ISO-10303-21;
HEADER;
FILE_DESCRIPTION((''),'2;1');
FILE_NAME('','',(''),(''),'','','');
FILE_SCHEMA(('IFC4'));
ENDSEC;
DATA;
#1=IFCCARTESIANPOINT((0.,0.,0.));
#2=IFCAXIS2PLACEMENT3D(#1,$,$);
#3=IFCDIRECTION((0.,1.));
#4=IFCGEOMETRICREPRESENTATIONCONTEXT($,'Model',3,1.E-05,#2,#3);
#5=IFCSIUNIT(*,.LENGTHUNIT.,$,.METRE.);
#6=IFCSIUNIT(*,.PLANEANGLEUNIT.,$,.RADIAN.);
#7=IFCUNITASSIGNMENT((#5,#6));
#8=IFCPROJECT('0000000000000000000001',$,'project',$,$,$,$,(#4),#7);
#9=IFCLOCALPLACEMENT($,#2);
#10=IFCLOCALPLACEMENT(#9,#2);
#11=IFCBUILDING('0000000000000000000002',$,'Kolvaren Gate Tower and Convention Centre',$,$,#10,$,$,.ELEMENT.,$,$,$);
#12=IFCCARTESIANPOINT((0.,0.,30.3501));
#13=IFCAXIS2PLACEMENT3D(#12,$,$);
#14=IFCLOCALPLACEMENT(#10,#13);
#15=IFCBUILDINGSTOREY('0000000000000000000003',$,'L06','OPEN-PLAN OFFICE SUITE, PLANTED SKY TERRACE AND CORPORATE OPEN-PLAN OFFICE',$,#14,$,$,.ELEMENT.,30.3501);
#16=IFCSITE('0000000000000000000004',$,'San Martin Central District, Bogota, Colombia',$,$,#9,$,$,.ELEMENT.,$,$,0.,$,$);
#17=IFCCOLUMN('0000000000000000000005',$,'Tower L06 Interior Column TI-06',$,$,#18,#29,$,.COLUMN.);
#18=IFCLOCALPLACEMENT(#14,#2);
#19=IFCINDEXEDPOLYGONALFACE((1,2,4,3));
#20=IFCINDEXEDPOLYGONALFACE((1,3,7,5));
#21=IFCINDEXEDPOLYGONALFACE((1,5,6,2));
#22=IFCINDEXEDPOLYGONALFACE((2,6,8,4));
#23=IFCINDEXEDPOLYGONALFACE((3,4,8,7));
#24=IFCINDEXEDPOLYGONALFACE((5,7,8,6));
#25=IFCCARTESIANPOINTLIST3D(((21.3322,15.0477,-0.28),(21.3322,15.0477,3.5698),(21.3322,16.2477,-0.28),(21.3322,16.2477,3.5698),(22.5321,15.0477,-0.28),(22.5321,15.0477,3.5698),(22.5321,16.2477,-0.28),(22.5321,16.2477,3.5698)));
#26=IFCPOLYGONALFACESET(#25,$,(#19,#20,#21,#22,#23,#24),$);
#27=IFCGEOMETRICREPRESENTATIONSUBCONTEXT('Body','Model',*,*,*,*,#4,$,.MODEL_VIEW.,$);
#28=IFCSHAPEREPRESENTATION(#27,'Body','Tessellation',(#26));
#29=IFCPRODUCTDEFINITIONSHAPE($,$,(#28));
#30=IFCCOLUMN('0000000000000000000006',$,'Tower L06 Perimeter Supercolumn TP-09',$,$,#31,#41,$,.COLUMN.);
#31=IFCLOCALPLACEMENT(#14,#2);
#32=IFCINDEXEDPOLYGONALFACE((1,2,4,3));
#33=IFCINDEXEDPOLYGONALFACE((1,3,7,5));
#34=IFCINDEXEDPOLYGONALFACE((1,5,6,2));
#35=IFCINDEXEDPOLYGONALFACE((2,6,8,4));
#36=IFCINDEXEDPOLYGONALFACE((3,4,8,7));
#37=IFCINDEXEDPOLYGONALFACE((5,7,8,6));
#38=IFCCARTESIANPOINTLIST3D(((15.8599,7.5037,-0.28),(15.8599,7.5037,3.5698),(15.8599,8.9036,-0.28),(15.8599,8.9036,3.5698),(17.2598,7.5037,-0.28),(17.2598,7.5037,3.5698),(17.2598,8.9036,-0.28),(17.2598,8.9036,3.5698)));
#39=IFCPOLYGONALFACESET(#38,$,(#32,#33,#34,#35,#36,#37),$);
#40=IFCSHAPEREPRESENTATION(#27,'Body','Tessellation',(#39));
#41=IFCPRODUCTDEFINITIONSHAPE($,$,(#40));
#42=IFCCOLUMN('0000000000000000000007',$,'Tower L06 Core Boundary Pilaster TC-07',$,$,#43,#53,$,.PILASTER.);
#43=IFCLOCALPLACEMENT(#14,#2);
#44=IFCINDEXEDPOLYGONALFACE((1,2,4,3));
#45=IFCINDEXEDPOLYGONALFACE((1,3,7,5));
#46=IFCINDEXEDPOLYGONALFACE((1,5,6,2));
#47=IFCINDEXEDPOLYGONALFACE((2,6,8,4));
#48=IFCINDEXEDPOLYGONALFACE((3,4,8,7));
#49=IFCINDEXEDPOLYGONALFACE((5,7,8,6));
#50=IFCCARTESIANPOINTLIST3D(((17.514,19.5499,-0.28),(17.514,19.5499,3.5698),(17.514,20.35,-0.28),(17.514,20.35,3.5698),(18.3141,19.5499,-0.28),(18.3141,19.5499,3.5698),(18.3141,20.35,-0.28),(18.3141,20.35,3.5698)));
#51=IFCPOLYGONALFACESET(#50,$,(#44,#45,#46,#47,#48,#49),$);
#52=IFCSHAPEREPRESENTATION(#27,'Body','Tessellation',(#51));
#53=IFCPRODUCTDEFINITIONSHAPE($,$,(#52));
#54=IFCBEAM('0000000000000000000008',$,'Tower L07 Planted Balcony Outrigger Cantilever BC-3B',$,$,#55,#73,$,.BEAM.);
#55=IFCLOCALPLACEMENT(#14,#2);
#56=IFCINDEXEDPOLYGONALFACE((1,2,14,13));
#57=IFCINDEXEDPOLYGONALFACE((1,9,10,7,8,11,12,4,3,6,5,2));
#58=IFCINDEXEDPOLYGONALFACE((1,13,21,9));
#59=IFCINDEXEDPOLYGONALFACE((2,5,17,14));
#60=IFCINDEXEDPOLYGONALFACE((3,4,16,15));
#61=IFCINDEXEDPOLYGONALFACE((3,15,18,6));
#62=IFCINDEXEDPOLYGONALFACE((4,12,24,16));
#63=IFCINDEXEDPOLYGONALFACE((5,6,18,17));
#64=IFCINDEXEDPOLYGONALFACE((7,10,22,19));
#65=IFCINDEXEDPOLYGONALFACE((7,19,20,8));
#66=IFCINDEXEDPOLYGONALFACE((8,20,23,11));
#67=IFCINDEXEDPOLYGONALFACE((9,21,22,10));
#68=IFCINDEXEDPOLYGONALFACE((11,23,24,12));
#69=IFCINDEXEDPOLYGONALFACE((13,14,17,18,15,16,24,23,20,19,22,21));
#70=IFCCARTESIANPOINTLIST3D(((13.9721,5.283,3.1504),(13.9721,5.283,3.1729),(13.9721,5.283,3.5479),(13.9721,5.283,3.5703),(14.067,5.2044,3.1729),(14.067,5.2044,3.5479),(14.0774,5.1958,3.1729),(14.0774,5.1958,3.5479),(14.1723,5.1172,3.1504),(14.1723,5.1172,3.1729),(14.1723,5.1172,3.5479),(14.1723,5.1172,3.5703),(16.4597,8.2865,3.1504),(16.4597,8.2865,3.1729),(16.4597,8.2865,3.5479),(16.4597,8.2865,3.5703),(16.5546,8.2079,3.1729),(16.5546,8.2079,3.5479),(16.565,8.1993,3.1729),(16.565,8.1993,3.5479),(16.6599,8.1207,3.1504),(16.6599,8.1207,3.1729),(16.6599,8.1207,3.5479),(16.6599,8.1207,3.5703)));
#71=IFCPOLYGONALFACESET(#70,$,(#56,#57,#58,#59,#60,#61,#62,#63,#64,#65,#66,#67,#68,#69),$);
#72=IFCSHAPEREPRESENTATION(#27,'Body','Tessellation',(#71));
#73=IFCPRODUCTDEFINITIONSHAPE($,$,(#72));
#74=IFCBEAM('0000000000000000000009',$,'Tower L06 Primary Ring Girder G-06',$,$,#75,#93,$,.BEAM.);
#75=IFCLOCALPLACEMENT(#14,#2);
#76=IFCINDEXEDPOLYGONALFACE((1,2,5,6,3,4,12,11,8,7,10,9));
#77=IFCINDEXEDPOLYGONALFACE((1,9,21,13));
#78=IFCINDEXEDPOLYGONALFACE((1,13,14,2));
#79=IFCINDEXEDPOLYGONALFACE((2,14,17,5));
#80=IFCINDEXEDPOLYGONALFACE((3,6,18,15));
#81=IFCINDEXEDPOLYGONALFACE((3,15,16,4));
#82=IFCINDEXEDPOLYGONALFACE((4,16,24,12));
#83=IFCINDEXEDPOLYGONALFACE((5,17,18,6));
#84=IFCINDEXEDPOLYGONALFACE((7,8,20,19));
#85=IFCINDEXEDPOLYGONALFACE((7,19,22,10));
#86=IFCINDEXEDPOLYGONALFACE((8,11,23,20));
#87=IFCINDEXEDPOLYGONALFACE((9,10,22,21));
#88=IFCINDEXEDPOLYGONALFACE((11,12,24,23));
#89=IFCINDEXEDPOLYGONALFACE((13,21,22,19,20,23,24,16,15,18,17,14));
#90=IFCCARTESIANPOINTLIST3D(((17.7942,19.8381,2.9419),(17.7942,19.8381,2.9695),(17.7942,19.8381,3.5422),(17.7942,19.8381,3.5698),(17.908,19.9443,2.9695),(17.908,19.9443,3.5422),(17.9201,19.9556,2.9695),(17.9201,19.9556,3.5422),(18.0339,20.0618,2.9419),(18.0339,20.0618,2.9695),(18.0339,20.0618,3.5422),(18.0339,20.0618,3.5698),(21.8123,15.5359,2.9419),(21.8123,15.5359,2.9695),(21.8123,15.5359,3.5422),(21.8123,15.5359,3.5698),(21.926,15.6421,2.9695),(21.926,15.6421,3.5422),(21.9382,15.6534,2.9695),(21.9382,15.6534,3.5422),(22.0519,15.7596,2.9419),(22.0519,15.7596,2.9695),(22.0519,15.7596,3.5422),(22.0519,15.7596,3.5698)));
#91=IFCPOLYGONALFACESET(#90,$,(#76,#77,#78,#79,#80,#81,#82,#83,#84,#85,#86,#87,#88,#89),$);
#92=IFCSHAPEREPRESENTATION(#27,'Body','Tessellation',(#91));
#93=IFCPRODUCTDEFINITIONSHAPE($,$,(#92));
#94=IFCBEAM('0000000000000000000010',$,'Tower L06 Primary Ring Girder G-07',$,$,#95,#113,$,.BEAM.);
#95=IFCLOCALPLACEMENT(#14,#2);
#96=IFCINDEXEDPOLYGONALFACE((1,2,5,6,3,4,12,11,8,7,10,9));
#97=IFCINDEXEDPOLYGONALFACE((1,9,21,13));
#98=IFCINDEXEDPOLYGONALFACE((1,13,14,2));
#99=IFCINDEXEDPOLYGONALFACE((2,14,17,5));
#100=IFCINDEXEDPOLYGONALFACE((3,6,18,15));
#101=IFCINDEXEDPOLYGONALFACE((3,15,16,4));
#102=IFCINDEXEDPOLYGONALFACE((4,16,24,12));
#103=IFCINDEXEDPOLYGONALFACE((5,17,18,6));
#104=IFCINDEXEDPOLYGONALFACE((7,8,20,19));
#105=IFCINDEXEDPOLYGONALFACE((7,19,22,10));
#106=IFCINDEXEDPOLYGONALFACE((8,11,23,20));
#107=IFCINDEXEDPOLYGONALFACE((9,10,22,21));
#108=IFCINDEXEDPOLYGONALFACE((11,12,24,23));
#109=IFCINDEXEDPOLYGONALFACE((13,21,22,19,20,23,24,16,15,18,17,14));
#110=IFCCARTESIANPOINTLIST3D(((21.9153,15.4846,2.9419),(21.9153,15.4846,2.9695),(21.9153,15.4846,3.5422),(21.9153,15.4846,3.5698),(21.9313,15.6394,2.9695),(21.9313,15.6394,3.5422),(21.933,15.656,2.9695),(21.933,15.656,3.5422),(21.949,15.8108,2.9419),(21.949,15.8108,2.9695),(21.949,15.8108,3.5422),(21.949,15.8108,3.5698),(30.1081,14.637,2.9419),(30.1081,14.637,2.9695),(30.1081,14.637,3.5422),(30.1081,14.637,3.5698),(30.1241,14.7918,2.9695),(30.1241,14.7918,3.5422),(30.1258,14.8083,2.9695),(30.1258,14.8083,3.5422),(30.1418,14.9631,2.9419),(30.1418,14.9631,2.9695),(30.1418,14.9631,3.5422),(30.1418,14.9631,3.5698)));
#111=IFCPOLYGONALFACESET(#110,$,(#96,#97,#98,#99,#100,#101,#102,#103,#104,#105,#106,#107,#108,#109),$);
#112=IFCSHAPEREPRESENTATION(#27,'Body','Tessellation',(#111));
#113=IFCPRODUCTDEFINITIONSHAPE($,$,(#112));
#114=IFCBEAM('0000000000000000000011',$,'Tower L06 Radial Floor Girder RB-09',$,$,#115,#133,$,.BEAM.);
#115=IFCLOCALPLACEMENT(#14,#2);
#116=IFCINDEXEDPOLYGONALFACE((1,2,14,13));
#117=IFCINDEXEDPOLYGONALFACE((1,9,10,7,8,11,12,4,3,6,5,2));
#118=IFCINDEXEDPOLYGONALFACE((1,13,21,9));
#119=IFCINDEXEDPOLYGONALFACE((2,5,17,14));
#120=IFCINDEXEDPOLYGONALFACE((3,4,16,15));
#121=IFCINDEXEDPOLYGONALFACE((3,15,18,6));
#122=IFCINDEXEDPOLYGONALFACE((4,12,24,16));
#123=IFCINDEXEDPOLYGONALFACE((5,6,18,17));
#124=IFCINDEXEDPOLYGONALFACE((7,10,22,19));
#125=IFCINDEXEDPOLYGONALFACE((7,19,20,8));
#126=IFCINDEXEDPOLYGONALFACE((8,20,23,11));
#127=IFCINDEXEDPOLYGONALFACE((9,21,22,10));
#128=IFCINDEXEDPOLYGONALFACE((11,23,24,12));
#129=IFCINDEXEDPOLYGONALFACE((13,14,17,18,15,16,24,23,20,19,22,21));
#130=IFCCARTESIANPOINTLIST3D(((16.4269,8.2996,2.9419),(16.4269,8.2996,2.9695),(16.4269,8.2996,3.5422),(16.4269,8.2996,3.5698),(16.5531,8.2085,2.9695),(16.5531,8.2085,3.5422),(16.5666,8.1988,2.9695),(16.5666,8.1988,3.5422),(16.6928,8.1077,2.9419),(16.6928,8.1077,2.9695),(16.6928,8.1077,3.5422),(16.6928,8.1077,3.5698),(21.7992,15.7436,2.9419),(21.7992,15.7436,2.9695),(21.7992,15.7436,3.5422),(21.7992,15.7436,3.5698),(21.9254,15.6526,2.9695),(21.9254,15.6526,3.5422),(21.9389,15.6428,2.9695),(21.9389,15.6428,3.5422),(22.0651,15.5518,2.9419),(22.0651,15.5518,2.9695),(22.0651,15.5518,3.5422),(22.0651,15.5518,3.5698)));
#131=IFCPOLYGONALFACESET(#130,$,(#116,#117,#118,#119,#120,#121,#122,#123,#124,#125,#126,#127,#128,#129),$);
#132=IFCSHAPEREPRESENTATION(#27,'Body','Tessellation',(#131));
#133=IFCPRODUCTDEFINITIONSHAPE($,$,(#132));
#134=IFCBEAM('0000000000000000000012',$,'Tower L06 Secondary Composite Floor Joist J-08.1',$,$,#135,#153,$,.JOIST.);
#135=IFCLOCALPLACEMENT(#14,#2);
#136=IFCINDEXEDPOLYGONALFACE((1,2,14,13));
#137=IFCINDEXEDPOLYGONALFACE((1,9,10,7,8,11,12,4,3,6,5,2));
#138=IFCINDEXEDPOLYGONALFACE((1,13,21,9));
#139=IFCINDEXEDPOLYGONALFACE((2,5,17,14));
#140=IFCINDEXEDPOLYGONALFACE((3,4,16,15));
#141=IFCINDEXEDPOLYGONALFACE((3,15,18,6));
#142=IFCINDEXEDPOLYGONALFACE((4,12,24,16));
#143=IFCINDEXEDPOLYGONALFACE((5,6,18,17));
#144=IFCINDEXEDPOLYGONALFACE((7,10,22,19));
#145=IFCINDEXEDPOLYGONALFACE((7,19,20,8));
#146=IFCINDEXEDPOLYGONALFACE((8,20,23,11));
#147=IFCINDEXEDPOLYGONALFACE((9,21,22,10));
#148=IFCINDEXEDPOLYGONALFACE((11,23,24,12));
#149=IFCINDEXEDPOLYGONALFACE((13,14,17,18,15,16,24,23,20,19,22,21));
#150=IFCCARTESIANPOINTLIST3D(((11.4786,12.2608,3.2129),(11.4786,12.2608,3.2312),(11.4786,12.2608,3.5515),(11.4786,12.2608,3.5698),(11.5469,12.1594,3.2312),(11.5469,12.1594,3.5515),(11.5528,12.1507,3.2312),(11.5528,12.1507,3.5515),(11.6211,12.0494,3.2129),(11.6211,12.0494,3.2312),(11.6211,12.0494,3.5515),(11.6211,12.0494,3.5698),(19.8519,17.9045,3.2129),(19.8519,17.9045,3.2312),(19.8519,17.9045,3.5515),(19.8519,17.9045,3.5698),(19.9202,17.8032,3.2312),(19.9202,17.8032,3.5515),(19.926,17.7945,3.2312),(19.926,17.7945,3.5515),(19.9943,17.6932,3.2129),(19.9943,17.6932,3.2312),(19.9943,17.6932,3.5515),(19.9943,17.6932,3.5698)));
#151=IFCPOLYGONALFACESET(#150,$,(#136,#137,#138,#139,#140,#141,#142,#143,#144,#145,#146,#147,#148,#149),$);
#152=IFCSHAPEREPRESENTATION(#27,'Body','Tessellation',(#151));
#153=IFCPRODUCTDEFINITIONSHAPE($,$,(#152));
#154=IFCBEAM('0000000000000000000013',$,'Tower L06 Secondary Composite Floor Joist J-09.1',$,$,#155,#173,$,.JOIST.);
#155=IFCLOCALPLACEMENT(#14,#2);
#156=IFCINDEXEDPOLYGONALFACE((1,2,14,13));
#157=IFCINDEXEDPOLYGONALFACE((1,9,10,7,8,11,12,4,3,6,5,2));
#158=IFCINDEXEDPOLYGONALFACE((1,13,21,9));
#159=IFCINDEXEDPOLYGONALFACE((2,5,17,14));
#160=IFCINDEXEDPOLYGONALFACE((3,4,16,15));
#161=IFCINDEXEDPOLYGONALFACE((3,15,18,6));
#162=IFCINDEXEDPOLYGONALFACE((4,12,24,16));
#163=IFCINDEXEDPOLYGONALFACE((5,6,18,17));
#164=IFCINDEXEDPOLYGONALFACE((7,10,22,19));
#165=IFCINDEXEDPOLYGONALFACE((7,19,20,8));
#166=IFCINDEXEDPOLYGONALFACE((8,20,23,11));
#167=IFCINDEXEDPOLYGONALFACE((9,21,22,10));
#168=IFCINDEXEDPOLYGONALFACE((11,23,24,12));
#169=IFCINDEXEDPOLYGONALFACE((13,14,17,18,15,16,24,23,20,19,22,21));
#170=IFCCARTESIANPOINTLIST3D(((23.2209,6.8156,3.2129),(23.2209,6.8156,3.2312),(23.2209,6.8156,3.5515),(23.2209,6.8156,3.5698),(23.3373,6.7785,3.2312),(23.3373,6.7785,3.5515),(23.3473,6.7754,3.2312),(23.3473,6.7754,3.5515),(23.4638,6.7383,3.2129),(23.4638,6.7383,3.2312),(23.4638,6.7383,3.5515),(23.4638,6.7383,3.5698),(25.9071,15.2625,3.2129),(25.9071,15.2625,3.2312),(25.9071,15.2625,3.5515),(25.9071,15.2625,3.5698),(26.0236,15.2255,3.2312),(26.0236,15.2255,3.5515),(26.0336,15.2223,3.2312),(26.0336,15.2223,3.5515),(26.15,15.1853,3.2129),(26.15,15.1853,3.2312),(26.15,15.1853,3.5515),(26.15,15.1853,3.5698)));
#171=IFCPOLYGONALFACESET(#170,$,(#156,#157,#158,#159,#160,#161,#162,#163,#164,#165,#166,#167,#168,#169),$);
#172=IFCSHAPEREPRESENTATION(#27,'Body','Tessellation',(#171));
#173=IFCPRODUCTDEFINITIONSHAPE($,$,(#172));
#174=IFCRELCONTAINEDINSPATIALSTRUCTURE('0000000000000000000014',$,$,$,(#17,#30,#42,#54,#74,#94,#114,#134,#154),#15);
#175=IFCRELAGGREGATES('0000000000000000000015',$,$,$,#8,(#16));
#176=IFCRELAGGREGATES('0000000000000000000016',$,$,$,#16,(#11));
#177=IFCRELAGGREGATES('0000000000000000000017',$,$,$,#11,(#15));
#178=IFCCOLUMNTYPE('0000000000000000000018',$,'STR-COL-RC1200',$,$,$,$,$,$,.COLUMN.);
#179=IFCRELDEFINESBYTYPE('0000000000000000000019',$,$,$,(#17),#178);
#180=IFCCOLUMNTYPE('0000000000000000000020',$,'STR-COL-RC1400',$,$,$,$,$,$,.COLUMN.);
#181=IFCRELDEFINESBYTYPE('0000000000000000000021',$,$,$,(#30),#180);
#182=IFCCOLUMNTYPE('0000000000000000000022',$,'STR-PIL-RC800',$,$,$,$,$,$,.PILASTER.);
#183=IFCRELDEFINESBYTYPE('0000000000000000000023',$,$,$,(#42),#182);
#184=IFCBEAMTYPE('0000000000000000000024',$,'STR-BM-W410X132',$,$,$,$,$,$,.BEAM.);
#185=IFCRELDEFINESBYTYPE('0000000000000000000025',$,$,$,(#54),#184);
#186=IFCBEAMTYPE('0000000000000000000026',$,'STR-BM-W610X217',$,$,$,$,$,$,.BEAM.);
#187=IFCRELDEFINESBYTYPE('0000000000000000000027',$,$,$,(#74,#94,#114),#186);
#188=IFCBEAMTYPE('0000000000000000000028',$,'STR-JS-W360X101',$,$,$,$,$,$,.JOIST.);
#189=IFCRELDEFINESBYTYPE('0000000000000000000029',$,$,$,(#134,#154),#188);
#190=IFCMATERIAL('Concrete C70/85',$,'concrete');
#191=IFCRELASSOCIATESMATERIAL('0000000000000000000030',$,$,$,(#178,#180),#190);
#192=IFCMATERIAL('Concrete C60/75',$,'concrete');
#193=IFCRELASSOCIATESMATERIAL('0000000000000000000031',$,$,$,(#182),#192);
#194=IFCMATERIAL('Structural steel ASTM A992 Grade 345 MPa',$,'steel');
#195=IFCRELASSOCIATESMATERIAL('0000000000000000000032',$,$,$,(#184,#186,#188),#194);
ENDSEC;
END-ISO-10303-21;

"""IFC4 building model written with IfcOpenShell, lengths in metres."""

from ifc_helpers import new_model, si_unit, direction, frame, origin, origin_2d, place, context, subcontext, project, spatial, rectangle, i_section, extrude, material, material_profile, profile_set, type_object, element, save


model = new_model("IFC4")

# Units and contexts
model_context = context("Model", 3, precision=1e-05, world=origin(), true_north=direction((0.0, 1.0)))
body_context = subcontext(model_context, "Body", "Model", "MODEL_VIEW")
ifc_project = project(units=[si_unit("LENGTHUNIT", "METRE"), si_unit("PLANEANGLEUNIT", "RADIAN")], contexts=[model_context])

# Site, building, storey
site_placement = place(None, origin())
site = spatial("IfcSite", under=ifc_project, at=site_placement, Name="San Martin Central District, Bogota, Colombia", CompositionType="ELEMENT", RefElevation=0.0)
building_placement = place(site_placement, origin())
building = spatial("IfcBuilding", under=site, at=building_placement, Name="Kolvaren Gate Tower and Convention Centre", CompositionType="ELEMENT")
storey_placement = place(building_placement, frame((0.0, 0.0, 30.3501)))
storey = spatial("IfcBuildingStorey", under=building, at=storey_placement, Name="L06", Description="OPEN-PLAN OFFICE SUITE, PLANTED SKY TERRACE AND CORPORATE OPEN-PLAN OFFICE", CompositionType="ELEMENT", Elevation=30.3501)

# Columns
ifc_material_1 = material(Name="Concrete C70/85", Category="concrete")
ifc_material_profile_1 = material_profile(ifc_material_1, rectangle(XDim=1.2, YDim=1.2, at=origin_2d()), Name="RC-COL-1200X1200")
ifc_profile_set_1 = profile_set([ifc_material_profile_1], Name="Concrete C70/85")
column_type_1 = type_object("IfcColumnType", Name="STR-COL-RC1200", PredefinedType="COLUMN", material=ifc_profile_set_1)
column_1_placement = place(storey_placement, frame((21.9321, 15.6477, -0.28), z_axis=(0.0, 0.0, 1.0), x_axis=(1.0, 0.0, 0.0)))
element("IfcColumn", 1, at=column_1_placement, inside=storey, type_object=column_type_1, Name="Tower L06 Interior Column TI-06", PredefinedType="COLUMN", context=body_context, shape_type="SweptSolid", body=[
    extrude(rectangle(XDim=1.2, YDim=1.2, at=origin_2d()), origin(), (0.0, 0.0, 1.0), 3.8499),
])
ifc_material_profile_2 = material_profile(ifc_material_1, rectangle(XDim=1.3999, YDim=1.3999, at=origin_2d()), Name="RC-COL-1400X1400")
ifc_profile_set_2 = profile_set([ifc_material_profile_2], Name="Concrete C70/85")
column_type_2 = type_object("IfcColumnType", Name="STR-COL-RC1400", PredefinedType="COLUMN", material=ifc_profile_set_2)
column_2_placement = place(storey_placement, frame((16.5598, 8.2036, -0.28), z_axis=(0.0, 0.0, 1.0), x_axis=(1.0, 0.0, 0.0)))
element("IfcColumn", 2, at=column_2_placement, inside=storey, type_object=column_type_2, Name="Tower L06 Perimeter Supercolumn TP-09", PredefinedType="COLUMN", context=body_context, shape_type="SweptSolid", body=[
    extrude(rectangle(XDim=1.3999, YDim=1.3999, at=origin_2d()), origin(), (0.0, 0.0, 1.0), 3.8499),
])
ifc_material_2 = material(Name="Concrete C60/75", Category="concrete")
ifc_material_profile_3 = material_profile(ifc_material_2, rectangle(XDim=0.8, YDim=0.8, at=origin_2d()), Name="RC-COL-800X800")
ifc_profile_set_3 = profile_set([ifc_material_profile_3], Name="Concrete C60/75")
column_type_3 = type_object("IfcColumnType", Name="STR-PIL-RC800", PredefinedType="PILASTER", material=ifc_profile_set_3)
column_3_placement = place(storey_placement, frame((17.9141, 19.95, -0.28), z_axis=(0.0, 0.0, 1.0), x_axis=(1.0, 0.0, 0.0)))
element("IfcColumn", 3, at=column_3_placement, inside=storey, type_object=column_type_3, Name="Tower L06 Core Boundary Pilaster TC-07", PredefinedType="PILASTER", context=body_context, shape_type="SweptSolid", body=[
    extrude(rectangle(XDim=0.8, YDim=0.8, at=origin_2d()), origin(), (0.0, 0.0, 1.0), 3.8499),
])

# Beams
ifc_material_3 = material(Name="Structural steel ASTM A992 Grade 345 MPa", Category="steel")
ifc_material_profile_4 = material_profile(ifc_material_3, i_section(OverallWidth=0.26, OverallDepth=0.4199, WebThickness=0.0134, FlangeThickness=0.0225, at=origin_2d()), Name="W410X132")
ifc_profile_set_4 = profile_set([ifc_material_profile_4], Name="Structural steel ASTM A992 Grade 345 MPa")
beam_type_1 = type_object("IfcBeamType", Name="STR-BM-W410X132", PredefinedType="BEAM", material=ifc_profile_set_4)
beam_1_placement = place(storey_placement, frame((16.5598, 8.2036, 3.3604), z_axis=(-0.637866, -0.770147, 0.0), x_axis=(0.770147, -0.637866, 0.0)))
element("IfcBeam", 4, at=beam_1_placement, inside=storey, type_object=beam_type_1, Name="Tower L07 Planted Balcony Outrigger Cantilever BC-3B", PredefinedType="BEAM", context=body_context, shape_type="SweptSolid", body=[
    extrude(i_section(OverallWidth=0.26, OverallDepth=0.4199, WebThickness=0.0134, FlangeThickness=0.0225, at=origin_2d()), origin(), (0.0, 0.0, 1.0), 3.8999),
])
ifc_material_profile_5 = material_profile(ifc_material_3, i_section(OverallWidth=0.3279, OverallDepth=0.6279, WebThickness=0.0166, FlangeThickness=0.0276, at=origin_2d()), Name="W610X217")
ifc_profile_set_5 = profile_set([ifc_material_profile_5], Name="Structural steel ASTM A992 Grade 345 MPa")
beam_type_2 = type_object("IfcBeamType", Name="STR-BM-W610X217", PredefinedType="BEAM", material=ifc_profile_set_5)
beam_2_placement = place(storey_placement, frame((17.9141, 19.95, 3.2559), z_axis=(0.682558, -0.730832, 0.0), x_axis=(0.730832, 0.682558, 0.0)))
element("IfcBeam", 5, at=beam_2_placement, inside=storey, type_object=beam_type_2, Name="Tower L06 Primary Ring Girder G-06", PredefinedType="BEAM", context=body_context, shape_type="SweptSolid", body=[
    extrude(i_section(OverallWidth=0.3279, OverallDepth=0.6279, WebThickness=0.0166, FlangeThickness=0.0276, at=origin_2d()), origin(), (0.0, 0.0, 1.0), 5.8867),
])
beam_3_placement = place(storey_placement, frame((21.9321, 15.6477, 3.2559), z_axis=(0.99469, -0.102913, 0.0), x_axis=(0.102913, 0.99469, 0.0)))
element("IfcBeam", 6, at=beam_3_placement, inside=storey, type_object=beam_type_2, Name="Tower L06 Primary Ring Girder G-07", PredefinedType="BEAM", context=body_context, shape_type="SweptSolid", body=[
    extrude(i_section(OverallWidth=0.3279, OverallDepth=0.6279, WebThickness=0.0166, FlangeThickness=0.0276, at=origin_2d()), origin(), (0.0, 0.0, 1.0), 8.2366),
])
beam_4_placement = place(storey_placement, frame((21.9321, 15.6477, 3.2559), z_axis=(-0.585206, -0.810885, 0.0), x_axis=(0.810885, -0.585206, 0.0)))
element("IfcBeam", 7, at=beam_4_placement, inside=storey, type_object=beam_type_2, Name="Tower L06 Radial Floor Girder RB-09", PredefinedType="BEAM", context=body_context, shape_type="SweptSolid", body=[
    extrude(i_section(OverallWidth=0.3279, OverallDepth=0.6279, WebThickness=0.0166, FlangeThickness=0.0276, at=origin_2d()), origin(), (0.0, 0.0, 1.0), 9.1802),
])
ifc_material_profile_6 = material_profile(ifc_material_3, i_section(OverallWidth=0.2549, OverallDepth=0.3569, WebThickness=0.0105, FlangeThickness=0.0183, at=origin_2d()), Name="W360X101")
ifc_profile_set_6 = profile_set([ifc_material_profile_6], Name="Structural steel ASTM A992 Grade 345 MPa")
beam_type_3 = type_object("IfcBeamType", Name="STR-JS-W360X101", PredefinedType="JOIST", material=ifc_profile_set_6)
beam_5_placement = place(storey_placement, frame((19.9231, 17.7988, 3.3914), z_axis=(-0.829224, -0.558917, 0.0), x_axis=(0.558917, -0.829224, 0.0)))
element("IfcBeam", 8, at=beam_5_placement, inside=storey, type_object=beam_type_3, Name="Tower L06 Secondary Composite Floor Joist J-08.1", PredefinedType="JOIST", context=body_context, shape_type="SweptSolid", body=[
    extrude(i_section(OverallWidth=0.2549, OverallDepth=0.3569, WebThickness=0.0105, FlangeThickness=0.0183, at=origin_2d()), origin(), (0.0, 0.0, 1.0), 10.0977),
])
beam_6_placement = place(storey_placement, frame((26.0286, 15.2239, 3.3914), z_axis=(-0.303059, -0.952972, 0.0), x_axis=(0.952972, -0.303059, 0.0)))
element("IfcBeam", 9, at=beam_6_placement, inside=storey, type_object=beam_type_3, Name="Tower L06 Secondary Composite Floor Joist J-09.1", PredefinedType="JOIST", context=body_context, shape_type="SweptSolid", body=[
    extrude(i_section(OverallWidth=0.2549, OverallDepth=0.3569, WebThickness=0.0105, FlangeThickness=0.0183, at=origin_2d()), origin(), (0.0, 0.0, 1.0), 8.8638),
])

save(model, "model.ifc")
